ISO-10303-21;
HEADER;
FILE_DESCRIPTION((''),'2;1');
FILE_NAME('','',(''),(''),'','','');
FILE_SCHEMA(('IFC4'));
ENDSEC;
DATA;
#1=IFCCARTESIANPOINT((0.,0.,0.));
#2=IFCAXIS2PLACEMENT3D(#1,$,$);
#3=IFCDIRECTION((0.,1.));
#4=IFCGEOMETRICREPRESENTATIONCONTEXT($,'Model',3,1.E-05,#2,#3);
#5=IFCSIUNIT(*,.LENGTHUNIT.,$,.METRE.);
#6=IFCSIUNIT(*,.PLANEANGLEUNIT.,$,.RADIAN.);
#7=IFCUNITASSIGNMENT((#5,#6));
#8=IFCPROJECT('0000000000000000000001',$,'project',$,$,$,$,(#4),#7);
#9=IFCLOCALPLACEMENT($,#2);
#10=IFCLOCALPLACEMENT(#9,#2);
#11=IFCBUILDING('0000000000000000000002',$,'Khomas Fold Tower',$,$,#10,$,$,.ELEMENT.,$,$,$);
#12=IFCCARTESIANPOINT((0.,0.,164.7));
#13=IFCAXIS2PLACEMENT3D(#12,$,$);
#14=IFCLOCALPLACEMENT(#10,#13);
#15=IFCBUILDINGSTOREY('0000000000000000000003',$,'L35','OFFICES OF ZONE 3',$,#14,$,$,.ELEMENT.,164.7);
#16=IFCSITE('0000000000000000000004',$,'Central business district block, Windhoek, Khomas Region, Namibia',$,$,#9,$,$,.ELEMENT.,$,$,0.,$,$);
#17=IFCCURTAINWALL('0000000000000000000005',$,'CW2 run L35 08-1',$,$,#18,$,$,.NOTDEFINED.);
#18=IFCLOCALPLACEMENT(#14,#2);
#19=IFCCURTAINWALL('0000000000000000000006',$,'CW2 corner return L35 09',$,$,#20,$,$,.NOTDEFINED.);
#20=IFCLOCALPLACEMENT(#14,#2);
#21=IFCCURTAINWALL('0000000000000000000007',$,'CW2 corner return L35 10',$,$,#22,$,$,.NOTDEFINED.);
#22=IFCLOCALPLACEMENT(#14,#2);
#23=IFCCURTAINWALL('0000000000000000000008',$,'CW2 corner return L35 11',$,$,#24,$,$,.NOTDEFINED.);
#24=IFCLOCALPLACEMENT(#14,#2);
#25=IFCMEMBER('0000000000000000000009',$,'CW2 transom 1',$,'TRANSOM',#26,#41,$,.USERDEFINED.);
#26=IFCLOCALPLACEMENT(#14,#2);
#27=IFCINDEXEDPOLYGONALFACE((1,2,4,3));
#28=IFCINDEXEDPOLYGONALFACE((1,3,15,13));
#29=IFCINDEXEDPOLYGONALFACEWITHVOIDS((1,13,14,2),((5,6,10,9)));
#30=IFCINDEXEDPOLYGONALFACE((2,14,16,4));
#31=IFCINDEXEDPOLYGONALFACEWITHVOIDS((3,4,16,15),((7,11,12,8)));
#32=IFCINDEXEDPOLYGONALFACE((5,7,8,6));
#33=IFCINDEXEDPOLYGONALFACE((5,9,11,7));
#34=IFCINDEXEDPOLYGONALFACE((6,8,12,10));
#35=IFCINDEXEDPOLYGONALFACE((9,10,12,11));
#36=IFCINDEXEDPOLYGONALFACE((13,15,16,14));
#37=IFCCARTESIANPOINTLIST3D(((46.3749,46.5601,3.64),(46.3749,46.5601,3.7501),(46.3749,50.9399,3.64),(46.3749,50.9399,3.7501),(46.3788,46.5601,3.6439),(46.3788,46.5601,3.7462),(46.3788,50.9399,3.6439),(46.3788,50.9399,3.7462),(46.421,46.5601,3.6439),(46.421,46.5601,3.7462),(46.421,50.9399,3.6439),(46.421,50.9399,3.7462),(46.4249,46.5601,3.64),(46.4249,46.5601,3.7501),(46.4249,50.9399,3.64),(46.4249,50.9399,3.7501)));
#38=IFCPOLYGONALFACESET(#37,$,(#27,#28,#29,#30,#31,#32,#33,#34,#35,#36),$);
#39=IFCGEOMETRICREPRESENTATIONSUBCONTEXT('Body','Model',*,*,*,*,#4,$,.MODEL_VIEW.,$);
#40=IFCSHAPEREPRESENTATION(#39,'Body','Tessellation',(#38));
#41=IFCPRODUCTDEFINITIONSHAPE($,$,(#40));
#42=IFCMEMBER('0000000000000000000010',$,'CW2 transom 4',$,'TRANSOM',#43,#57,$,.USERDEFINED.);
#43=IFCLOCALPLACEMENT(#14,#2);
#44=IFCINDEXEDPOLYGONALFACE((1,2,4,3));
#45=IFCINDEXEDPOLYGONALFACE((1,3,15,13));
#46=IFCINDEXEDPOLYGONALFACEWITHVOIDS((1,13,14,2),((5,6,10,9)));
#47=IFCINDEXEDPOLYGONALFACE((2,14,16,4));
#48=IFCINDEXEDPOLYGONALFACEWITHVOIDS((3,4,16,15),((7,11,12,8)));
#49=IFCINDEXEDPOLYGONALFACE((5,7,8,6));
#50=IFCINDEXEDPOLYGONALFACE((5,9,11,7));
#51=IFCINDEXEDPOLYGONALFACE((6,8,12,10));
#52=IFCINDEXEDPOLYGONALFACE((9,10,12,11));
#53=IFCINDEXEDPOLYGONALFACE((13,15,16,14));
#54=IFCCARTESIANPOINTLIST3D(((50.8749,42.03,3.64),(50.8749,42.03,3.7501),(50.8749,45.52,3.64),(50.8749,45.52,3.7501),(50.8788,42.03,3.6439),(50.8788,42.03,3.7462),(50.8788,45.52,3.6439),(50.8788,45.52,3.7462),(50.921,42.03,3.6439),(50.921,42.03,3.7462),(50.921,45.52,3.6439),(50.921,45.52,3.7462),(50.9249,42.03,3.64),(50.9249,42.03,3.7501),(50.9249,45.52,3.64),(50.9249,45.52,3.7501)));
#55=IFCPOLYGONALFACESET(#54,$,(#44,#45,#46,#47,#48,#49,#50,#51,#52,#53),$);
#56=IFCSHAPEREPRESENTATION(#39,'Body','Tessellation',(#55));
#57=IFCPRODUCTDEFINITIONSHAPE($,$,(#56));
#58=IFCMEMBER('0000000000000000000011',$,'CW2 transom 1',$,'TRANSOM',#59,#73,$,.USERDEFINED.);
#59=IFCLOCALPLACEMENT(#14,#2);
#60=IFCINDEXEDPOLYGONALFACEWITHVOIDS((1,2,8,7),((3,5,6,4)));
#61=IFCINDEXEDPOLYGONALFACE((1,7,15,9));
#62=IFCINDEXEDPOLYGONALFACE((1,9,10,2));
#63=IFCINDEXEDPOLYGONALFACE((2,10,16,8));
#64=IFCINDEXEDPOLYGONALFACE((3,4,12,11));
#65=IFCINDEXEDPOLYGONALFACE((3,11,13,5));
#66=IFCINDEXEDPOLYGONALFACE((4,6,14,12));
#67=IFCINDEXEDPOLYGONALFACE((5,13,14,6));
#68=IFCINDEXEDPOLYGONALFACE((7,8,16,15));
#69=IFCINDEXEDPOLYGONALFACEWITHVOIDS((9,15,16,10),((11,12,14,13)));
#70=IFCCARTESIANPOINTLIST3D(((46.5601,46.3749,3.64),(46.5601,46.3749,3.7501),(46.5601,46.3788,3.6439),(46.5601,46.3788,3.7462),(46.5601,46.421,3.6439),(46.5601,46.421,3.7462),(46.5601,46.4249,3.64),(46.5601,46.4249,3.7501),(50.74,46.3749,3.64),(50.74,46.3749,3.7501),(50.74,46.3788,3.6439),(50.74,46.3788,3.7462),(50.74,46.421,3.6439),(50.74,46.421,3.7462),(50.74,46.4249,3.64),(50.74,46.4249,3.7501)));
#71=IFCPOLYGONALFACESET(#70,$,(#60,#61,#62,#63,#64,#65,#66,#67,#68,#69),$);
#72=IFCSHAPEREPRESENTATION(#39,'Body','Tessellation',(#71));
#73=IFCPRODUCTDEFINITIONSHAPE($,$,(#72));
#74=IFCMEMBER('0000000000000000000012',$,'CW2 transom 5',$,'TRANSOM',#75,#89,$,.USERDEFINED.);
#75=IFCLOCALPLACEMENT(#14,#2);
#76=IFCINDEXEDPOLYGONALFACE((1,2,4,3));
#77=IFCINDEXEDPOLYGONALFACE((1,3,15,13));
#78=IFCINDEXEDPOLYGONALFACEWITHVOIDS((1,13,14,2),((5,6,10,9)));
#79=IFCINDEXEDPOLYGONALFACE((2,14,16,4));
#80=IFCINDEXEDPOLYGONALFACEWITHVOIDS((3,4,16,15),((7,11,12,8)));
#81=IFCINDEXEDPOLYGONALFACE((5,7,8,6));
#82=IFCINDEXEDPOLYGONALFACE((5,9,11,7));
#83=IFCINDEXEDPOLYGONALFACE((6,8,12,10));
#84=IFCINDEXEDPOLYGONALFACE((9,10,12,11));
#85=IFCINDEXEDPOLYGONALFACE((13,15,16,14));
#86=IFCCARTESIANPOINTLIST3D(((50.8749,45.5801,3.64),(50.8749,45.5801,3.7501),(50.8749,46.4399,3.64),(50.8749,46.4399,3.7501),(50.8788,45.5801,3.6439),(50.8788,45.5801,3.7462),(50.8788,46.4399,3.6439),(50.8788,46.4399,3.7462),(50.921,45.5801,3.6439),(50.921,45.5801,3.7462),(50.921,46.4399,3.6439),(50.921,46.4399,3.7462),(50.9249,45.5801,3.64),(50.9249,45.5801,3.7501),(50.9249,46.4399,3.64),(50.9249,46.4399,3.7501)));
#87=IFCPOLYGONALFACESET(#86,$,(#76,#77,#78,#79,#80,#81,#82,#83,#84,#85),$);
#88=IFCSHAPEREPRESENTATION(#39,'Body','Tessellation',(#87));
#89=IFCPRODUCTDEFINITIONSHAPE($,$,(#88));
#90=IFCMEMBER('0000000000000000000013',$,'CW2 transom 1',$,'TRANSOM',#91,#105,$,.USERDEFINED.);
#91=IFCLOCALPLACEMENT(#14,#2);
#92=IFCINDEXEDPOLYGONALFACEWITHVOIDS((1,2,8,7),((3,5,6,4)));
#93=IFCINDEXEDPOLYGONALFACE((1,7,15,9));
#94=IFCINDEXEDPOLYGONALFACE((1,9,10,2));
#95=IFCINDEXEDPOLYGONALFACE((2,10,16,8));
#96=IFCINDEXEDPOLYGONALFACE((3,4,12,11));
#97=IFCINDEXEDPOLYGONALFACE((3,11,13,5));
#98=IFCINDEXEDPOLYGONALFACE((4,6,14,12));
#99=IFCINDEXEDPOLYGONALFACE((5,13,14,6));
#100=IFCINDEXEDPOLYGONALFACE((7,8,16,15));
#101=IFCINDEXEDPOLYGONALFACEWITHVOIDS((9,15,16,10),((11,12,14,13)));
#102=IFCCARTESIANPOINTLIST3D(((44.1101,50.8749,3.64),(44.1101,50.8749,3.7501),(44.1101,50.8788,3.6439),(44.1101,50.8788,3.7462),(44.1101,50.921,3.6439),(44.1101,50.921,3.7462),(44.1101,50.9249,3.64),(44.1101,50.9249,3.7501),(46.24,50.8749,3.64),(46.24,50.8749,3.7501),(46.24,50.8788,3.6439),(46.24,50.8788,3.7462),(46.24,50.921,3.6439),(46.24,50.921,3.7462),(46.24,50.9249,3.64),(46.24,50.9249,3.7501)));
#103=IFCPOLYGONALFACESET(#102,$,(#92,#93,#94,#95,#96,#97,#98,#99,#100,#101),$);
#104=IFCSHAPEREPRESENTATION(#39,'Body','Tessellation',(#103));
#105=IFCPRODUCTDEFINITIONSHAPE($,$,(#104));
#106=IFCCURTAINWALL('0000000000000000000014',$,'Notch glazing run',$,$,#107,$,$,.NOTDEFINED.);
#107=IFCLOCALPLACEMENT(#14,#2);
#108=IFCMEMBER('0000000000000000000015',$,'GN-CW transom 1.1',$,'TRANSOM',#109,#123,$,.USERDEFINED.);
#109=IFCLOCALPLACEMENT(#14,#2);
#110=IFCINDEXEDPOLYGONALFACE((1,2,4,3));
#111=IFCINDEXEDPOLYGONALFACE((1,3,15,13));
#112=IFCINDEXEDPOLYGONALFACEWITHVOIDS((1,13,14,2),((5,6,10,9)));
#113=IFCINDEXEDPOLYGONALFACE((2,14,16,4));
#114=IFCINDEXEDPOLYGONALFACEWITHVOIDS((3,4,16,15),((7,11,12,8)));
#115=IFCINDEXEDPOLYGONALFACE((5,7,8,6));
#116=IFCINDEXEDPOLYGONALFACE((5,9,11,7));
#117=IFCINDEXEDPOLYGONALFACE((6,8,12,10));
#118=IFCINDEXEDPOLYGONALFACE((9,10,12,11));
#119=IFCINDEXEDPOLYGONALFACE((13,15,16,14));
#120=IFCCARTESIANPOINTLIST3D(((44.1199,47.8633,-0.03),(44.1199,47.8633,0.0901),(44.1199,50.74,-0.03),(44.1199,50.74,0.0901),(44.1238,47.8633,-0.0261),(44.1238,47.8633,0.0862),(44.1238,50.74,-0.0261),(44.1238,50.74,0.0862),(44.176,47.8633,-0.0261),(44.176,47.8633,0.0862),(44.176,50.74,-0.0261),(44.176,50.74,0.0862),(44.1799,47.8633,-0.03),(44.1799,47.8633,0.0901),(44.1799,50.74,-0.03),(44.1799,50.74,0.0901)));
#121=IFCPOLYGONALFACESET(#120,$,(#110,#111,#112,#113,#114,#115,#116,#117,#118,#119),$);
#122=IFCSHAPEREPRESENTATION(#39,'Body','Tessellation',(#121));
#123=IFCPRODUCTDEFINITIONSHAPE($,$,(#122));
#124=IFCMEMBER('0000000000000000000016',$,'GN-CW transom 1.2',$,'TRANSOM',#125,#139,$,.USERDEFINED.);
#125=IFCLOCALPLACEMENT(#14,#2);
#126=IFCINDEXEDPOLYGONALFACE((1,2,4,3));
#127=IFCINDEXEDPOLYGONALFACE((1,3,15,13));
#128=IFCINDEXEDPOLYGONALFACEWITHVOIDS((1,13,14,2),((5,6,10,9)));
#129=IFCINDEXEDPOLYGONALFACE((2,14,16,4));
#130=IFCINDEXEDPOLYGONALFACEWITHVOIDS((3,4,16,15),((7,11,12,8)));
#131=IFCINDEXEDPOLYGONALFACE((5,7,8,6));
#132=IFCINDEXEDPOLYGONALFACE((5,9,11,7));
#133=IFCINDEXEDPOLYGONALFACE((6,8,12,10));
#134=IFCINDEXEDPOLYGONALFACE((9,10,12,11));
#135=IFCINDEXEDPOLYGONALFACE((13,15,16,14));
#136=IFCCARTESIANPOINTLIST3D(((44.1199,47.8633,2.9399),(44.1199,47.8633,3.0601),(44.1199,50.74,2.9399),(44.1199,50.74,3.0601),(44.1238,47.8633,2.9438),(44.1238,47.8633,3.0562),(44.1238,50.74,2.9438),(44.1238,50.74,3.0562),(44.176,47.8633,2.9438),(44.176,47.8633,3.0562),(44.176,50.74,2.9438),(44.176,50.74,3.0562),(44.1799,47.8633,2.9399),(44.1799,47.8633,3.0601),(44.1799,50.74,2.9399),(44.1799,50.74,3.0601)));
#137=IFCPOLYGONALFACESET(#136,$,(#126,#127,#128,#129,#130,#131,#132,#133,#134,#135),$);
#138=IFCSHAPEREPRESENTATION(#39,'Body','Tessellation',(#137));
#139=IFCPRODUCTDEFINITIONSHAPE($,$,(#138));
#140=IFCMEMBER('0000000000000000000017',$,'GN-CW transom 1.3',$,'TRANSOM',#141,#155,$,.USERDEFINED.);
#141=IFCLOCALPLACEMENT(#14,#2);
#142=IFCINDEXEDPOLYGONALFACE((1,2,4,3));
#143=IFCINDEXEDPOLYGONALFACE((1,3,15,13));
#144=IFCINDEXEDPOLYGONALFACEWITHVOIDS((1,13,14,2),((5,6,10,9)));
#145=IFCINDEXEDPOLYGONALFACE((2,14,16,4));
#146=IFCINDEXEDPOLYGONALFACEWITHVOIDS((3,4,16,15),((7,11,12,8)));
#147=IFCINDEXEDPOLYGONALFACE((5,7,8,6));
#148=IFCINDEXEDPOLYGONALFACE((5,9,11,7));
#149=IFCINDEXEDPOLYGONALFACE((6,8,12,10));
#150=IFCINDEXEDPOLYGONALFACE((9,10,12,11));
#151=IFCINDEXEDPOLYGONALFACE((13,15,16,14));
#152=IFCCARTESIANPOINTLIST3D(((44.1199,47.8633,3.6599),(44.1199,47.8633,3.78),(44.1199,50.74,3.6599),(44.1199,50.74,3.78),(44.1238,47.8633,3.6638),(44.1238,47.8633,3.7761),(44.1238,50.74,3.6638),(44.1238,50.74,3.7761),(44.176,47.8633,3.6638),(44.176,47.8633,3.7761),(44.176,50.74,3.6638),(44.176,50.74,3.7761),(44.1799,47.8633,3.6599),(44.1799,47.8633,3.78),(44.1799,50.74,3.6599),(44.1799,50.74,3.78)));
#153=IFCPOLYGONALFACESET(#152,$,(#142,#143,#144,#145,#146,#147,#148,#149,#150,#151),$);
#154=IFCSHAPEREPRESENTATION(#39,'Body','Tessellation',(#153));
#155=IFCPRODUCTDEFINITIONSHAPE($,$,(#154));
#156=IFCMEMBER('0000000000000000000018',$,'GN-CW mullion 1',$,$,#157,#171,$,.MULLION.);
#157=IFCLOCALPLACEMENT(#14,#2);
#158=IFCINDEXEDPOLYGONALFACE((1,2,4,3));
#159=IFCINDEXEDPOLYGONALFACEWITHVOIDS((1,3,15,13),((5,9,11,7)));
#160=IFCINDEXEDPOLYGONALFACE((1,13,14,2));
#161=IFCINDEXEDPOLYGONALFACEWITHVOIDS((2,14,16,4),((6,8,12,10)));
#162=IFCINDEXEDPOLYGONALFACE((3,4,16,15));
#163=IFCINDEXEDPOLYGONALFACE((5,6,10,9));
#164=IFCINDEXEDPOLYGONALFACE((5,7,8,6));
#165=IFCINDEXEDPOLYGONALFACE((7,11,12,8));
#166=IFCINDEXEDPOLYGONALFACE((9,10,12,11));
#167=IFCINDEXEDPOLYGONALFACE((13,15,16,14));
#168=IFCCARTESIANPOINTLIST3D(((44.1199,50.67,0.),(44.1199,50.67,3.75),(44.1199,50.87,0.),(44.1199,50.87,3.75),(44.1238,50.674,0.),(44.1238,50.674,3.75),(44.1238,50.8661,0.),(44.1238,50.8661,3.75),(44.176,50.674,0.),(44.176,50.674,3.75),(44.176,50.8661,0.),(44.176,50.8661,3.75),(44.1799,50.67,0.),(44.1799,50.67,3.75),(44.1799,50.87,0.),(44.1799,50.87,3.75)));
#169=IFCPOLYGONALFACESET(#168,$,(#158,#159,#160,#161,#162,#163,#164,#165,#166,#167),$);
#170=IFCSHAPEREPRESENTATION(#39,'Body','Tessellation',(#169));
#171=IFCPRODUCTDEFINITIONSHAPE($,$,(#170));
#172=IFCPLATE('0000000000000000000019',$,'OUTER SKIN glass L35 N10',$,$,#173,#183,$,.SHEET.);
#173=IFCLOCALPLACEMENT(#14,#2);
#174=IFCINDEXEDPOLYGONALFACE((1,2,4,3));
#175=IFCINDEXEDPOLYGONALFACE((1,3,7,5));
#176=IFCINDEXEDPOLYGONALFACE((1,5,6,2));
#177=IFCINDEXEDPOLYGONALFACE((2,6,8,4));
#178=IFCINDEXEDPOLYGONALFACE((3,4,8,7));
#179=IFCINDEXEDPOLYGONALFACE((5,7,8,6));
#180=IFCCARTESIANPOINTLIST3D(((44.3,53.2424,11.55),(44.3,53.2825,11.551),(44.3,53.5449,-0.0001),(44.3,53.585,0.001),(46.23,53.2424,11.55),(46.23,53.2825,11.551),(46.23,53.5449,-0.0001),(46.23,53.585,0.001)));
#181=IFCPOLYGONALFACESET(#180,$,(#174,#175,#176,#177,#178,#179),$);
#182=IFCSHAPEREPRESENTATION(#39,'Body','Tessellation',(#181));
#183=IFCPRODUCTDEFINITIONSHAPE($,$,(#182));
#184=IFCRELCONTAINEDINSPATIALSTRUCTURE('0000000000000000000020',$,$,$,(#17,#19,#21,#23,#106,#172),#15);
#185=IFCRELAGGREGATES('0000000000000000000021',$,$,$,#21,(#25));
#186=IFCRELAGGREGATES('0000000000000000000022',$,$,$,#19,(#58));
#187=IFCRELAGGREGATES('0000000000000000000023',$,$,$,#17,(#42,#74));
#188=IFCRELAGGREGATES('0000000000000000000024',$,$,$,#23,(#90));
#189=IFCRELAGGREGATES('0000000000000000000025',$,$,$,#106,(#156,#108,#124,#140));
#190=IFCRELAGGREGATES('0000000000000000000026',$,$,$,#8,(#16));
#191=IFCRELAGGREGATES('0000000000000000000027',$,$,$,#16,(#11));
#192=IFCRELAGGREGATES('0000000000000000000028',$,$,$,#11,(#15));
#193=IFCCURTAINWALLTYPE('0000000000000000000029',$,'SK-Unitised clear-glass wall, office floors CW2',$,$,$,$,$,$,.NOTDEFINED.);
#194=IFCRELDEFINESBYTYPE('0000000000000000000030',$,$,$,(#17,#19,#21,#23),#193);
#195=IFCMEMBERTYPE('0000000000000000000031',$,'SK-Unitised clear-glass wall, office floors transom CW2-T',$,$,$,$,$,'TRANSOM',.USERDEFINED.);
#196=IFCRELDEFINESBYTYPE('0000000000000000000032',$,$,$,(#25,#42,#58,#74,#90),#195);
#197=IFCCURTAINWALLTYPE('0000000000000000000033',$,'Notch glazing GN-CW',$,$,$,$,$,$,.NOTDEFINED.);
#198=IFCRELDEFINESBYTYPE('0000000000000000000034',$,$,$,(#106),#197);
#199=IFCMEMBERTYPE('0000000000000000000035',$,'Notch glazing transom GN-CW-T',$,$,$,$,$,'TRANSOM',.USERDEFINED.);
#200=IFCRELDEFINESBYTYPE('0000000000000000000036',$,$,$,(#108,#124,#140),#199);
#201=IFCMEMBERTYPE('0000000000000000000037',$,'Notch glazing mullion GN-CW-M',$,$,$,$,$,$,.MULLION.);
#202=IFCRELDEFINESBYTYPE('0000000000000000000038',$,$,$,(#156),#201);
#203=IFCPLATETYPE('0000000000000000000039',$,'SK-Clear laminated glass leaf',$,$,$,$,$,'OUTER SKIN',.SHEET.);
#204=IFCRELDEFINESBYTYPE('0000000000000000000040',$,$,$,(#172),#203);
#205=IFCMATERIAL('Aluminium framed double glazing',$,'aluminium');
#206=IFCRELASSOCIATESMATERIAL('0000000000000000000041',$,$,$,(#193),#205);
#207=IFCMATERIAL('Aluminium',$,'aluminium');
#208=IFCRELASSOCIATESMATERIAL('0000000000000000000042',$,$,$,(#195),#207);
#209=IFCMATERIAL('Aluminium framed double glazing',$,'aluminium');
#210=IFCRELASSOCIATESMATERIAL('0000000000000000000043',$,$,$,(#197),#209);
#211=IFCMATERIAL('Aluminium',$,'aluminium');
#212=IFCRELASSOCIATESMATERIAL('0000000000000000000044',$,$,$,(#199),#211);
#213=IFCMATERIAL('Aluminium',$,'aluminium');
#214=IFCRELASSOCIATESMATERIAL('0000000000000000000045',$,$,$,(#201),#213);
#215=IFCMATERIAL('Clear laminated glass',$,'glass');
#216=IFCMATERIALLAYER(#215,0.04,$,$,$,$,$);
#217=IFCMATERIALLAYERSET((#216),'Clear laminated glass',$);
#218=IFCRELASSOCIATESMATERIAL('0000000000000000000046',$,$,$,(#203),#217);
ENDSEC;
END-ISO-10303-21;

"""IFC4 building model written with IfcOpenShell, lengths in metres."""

from ifc_helpers import new_model, si_unit, direction, frame, origin, origin_2d, place, context, subcontext, project, spatial, polyline, hollow_rectangle, outline, extrude, source, transform, mapped, material, layer, layer_set, material_profile, profile_set, type_object, element, aggregate, save


model = new_model("IFC4")

# Units and contexts
model_context = context("Model", 3, precision=1e-05, world=origin(), true_north=direction((0.0, 1.0)))
body_context = subcontext(model_context, "Body", "Model", "MODEL_VIEW")
ifc_project = project(units=[si_unit("LENGTHUNIT", "METRE"), si_unit("PLANEANGLEUNIT", "RADIAN")], contexts=[model_context])

# Site, building, storey
site_placement = place(None, origin())
site = spatial("IfcSite", under=ifc_project, at=site_placement, Name="Central business district block, Windhoek, Khomas Region, Namibia", CompositionType="ELEMENT", RefElevation=0.0)
building_placement = place(site_placement, origin())
building = spatial("IfcBuilding", under=site, at=building_placement, Name="Khomas Fold Tower", CompositionType="ELEMENT")
storey_placement = place(building_placement, frame((0.0, 0.0, 164.7)))
storey = spatial("IfcBuildingStorey", under=building, at=storey_placement, Name="L35", Description="OFFICES OF ZONE 3", CompositionType="ELEMENT", Elevation=164.7)

# Curtain walls
ifc_material_1 = material(Name="Aluminium framed double glazing", Category="aluminium")
curtain_wall_type_1 = type_object("IfcCurtainWallType", Name="SK-Unitised clear-glass wall, office floors CW2", PredefinedType="NOTDEFINED", material=ifc_material_1)
curtain_wall_1_placement = place(storey_placement, origin())
curtain_wall_1 = element("IfcCurtainWall", 1, at=curtain_wall_1_placement, inside=storey, type_object=curtain_wall_type_1, Name="CW2 run L35 08-1", PredefinedType="NOTDEFINED")
curtain_wall_2_placement = place(storey_placement, origin())
curtain_wall_2 = element("IfcCurtainWall", 2, at=curtain_wall_2_placement, inside=storey, type_object=curtain_wall_type_1, Name="CW2 corner return L35 09", PredefinedType="NOTDEFINED")
curtain_wall_3_placement = place(storey_placement, origin())
curtain_wall_3 = element("IfcCurtainWall", 3, at=curtain_wall_3_placement, inside=storey, type_object=curtain_wall_type_1, Name="CW2 corner return L35 10", PredefinedType="NOTDEFINED")

# Curtain wall
curtain_wall_4_placement = place(storey_placement, origin())
curtain_wall_4 = element("IfcCurtainWall", 4, at=curtain_wall_4_placement, inside=storey, type_object=curtain_wall_type_1, Name="CW2 corner return L35 11", PredefinedType="NOTDEFINED")

# Members
ifc_material_2 = material(Name="Aluminium", Category="aluminium")
ifc_material_profile_1 = material_profile(ifc_material_2, hollow_rectangle(XDim=0.05, YDim=0.1101, WallThickness=0.0039, at=origin_2d()), Name="SK-Unitised clear-glass wall, office floors transom CW2-T")
ifc_profile_set_1 = profile_set([ifc_material_profile_1], Name="Aluminium")
member_type_1 = type_object("IfcMemberType", Name="SK-Unitised clear-glass wall, office floors transom CW2-T", ElementType="TRANSOM", PredefinedType="USERDEFINED", material=ifc_profile_set_1)
shared_shape_1 = source(origin(), body_context, "Body", "SweptSolid", [
    extrude(hollow_rectangle(XDim=0.05, YDim=0.1101, WallThickness=0.0039, at=origin_2d()), origin(), (0.0, 0.0, 1.0), 4.3799),
])
member_1_placement = place(storey_placement, frame((46.3999, 46.5601, 3.6951), z_axis=(0.0, 1.0, 0.0), x_axis=(-1.0, 0.0, 0.0)))
member_1 = element("IfcMember", 5, at=member_1_placement, type_object=member_type_1, Name="CW2 transom 1", ObjectType="TRANSOM", PredefinedType="USERDEFINED", context=body_context, shape_type="MappedRepresentation", body=[
    mapped(shared_shape_1, transform((0.0, 0.0, 0.0))),
])
shared_shape_2 = source(origin(), body_context, "Body", "SweptSolid", [
    extrude(hollow_rectangle(XDim=0.05, YDim=0.1101, WallThickness=0.0039, at=origin_2d()), origin(), (0.0, 0.0, 1.0), 3.49),
])
member_2_placement = place(storey_placement, frame((50.8999, 42.03, 3.6951), z_axis=(0.0, 1.0, 0.0), x_axis=(-1.0, 0.0, 0.0)))
member_2 = element("IfcMember", 6, at=member_2_placement, type_object=member_type_1, Name="CW2 transom 4", ObjectType="TRANSOM", PredefinedType="USERDEFINED", context=body_context, shape_type="MappedRepresentation", body=[
    mapped(shared_shape_2, transform((0.0, 0.0, 0.0))),
])
shared_shape_3 = source(origin(), body_context, "Body", "SweptSolid", [
    extrude(hollow_rectangle(XDim=0.05, YDim=0.1101, WallThickness=0.0039, at=origin_2d()), origin(), (0.0, 0.0, 1.0), 4.1799),
])
member_3_placement = place(storey_placement, frame((50.74, 46.3999, 3.6951), z_axis=(-1.0, 0.0, 0.0), x_axis=(0.0, -1.0, 0.0)))
member_3 = element("IfcMember", 7, at=member_3_placement, type_object=member_type_1, Name="CW2 transom 1", ObjectType="TRANSOM", PredefinedType="USERDEFINED", context=body_context, shape_type="MappedRepresentation", body=[
    mapped(shared_shape_3, transform((0.0, 0.0, 0.0))),
])
shared_shape_4 = source(origin(), body_context, "Body", "SweptSolid", [
    extrude(hollow_rectangle(XDim=0.05, YDim=0.1101, WallThickness=0.0039, at=origin_2d()), origin(), (0.0, 0.0, 1.0), 0.8599),
])
member_4_placement = place(storey_placement, frame((50.8999, 45.5801, 3.6951), z_axis=(0.0, 1.0, 0.0), x_axis=(-1.0, 0.0, 0.0)))
member_4 = element("IfcMember", 8, at=member_4_placement, type_object=member_type_1, Name="CW2 transom 5", ObjectType="TRANSOM", PredefinedType="USERDEFINED", context=body_context, shape_type="MappedRepresentation", body=[
    mapped(shared_shape_4, transform((0.0, 0.0, 0.0))),
])
shared_shape_5 = source(origin(), body_context, "Body", "SweptSolid", [
    extrude(hollow_rectangle(XDim=0.05, YDim=0.1101, WallThickness=0.0039, at=origin_2d()), origin(), (0.0, 0.0, 1.0), 2.1299),
])
member_5_placement = place(storey_placement, frame((46.24, 50.8999, 3.6951), z_axis=(-1.0, 0.0, 0.0), x_axis=(0.0, -1.0, 0.0)))
member_5 = element("IfcMember", 9, at=member_5_placement, type_object=member_type_1, Name="CW2 transom 1", ObjectType="TRANSOM", PredefinedType="USERDEFINED", context=body_context, shape_type="MappedRepresentation", body=[
    mapped(shared_shape_5, transform((0.0, 0.0, 0.0))),
])

# Curtain wall, members
ifc_material_3 = material(Name="Aluminium framed double glazing", Category="aluminium")
curtain_wall_type_2 = type_object("IfcCurtainWallType", Name="Notch glazing GN-CW", PredefinedType="NOTDEFINED", material=ifc_material_3)
curtain_wall_5_placement = place(storey_placement, origin())
curtain_wall_5 = element("IfcCurtainWall", 10, at=curtain_wall_5_placement, inside=storey, type_object=curtain_wall_type_2, Name="Notch glazing run", PredefinedType="NOTDEFINED")
ifc_material_4 = material(Name="Aluminium", Category="aluminium")
ifc_material_profile_2 = material_profile(ifc_material_4, hollow_rectangle(XDim=0.0601, YDim=0.1201, WallThickness=0.0039, at=origin_2d()), Name="Notch glazing transom GN-CW-T")
ifc_profile_set_2 = profile_set([ifc_material_profile_2], Name="Aluminium")
member_type_2 = type_object("IfcMemberType", Name="Notch glazing transom GN-CW-T", ElementType="TRANSOM", PredefinedType="USERDEFINED", material=ifc_profile_set_2)
shared_shape_6 = source(origin(), body_context, "Body", "SweptSolid", [
    extrude(hollow_rectangle(XDim=0.0601, YDim=0.1201, WallThickness=0.0039, at=origin_2d()), origin(), (0.0, 0.0, 1.0), 2.8767),
])
member_6_placement = place(storey_placement, frame((44.1499, 50.74, 0.03), z_axis=(0.0, -1.0, 0.0), x_axis=(1.0, 0.0, 0.0)))
member_6 = element("IfcMember", 11, at=member_6_placement, type_object=member_type_2, Name="GN-CW transom 1.1", ObjectType="TRANSOM", PredefinedType="USERDEFINED", context=body_context, shape_type="MappedRepresentation", body=[
    mapped(shared_shape_6, transform((0.0, 0.0, 0.0))),
])
member_7_placement = place(storey_placement, frame((44.1499, 50.74, 3.0), z_axis=(0.0, -1.0, 0.0), x_axis=(1.0, 0.0, 0.0)))
member_7 = element("IfcMember", 12, at=member_7_placement, type_object=member_type_2, Name="GN-CW transom 1.2", ObjectType="TRANSOM", PredefinedType="USERDEFINED", context=body_context, shape_type="MappedRepresentation", body=[
    mapped(shared_shape_6, transform((0.0, 0.0, 0.0))),
])
member_8_placement = place(storey_placement, frame((44.1499, 50.74, 3.72), z_axis=(0.0, -1.0, 0.0), x_axis=(1.0, 0.0, 0.0)))
member_8 = element("IfcMember", 13, at=member_8_placement, type_object=member_type_2, Name="GN-CW transom 1.3", ObjectType="TRANSOM", PredefinedType="USERDEFINED", context=body_context, shape_type="MappedRepresentation", body=[
    mapped(shared_shape_6, transform((0.0, 0.0, 0.0))),
])
ifc_material_5 = material(Name="Aluminium", Category="aluminium")
ifc_material_profile_3 = material_profile(ifc_material_5, hollow_rectangle(XDim=0.0601, YDim=0.2, WallThickness=0.0039, at=origin_2d()), Name="Notch glazing mullion GN-CW-M")
ifc_profile_set_3 = profile_set([ifc_material_profile_3], Name="Aluminium")
member_type_3 = type_object("IfcMemberType", Name="Notch glazing mullion GN-CW-M", PredefinedType="MULLION", material=ifc_profile_set_3)
shared_shape_7 = source(origin(), body_context, "Body", "SweptSolid", [
    extrude(hollow_rectangle(XDim=0.0601, YDim=0.2, WallThickness=0.0039, at=origin_2d()), origin(), (0.0, 0.0, 1.0), 3.75),
])
member_9_placement = place(storey_placement, frame((44.1499, 50.77, 0.0), z_axis=(0.0, 0.0, 1.0), x_axis=(1.0, 0.0, 0.0)))
member_9 = element("IfcMember", 14, at=member_9_placement, type_object=member_type_3, Name="GN-CW mullion 1", PredefinedType="MULLION", context=body_context, shape_type="MappedRepresentation", body=[
    mapped(shared_shape_7, transform((0.0, 0.0, 0.0))),
])

# Plate
ifc_material_6 = material(Name="Clear laminated glass", Category="glass")
ifc_layer_1 = layer(ifc_material_6, 0.04)
ifc_layer_set_1 = layer_set([ifc_layer_1], Name="Clear laminated glass")
plate_type_1 = type_object("IfcPlateType", Name="SK-Clear laminated glass leaf", ElementType="OUTER SKIN", PredefinedType="SHEET", material=ifc_layer_set_1)
plate_1_placement = place(storey_placement, frame((44.3, 53.585, 0.001), z_axis=(0.0, 0.999657, 0.026181), x_axis=(1.0, 0.0, 0.0)))
element("IfcPlate", 15, at=plate_1_placement, inside=storey, type_object=plate_type_1, Name="OUTER SKIN glass L35 N10", PredefinedType="SHEET", context=body_context, shape_type="SweptSolid", body=[
    extrude(outline(polyline([(0.0, 0.0), (1.9299, 0.0), (1.9299, -11.554), (0.0, -11.554), (0.0, 0.0)])), origin(), (0.0, 0.0, -1.0), 0.04),
])
aggregate(curtain_wall_3, [member_1])
aggregate(curtain_wall_2, [member_3])
aggregate(curtain_wall_1, [member_2, member_4])
aggregate(curtain_wall_4, [member_5])
aggregate(curtain_wall_5, [member_9, member_6, member_7, member_8])

save(model, "model.ifc")
